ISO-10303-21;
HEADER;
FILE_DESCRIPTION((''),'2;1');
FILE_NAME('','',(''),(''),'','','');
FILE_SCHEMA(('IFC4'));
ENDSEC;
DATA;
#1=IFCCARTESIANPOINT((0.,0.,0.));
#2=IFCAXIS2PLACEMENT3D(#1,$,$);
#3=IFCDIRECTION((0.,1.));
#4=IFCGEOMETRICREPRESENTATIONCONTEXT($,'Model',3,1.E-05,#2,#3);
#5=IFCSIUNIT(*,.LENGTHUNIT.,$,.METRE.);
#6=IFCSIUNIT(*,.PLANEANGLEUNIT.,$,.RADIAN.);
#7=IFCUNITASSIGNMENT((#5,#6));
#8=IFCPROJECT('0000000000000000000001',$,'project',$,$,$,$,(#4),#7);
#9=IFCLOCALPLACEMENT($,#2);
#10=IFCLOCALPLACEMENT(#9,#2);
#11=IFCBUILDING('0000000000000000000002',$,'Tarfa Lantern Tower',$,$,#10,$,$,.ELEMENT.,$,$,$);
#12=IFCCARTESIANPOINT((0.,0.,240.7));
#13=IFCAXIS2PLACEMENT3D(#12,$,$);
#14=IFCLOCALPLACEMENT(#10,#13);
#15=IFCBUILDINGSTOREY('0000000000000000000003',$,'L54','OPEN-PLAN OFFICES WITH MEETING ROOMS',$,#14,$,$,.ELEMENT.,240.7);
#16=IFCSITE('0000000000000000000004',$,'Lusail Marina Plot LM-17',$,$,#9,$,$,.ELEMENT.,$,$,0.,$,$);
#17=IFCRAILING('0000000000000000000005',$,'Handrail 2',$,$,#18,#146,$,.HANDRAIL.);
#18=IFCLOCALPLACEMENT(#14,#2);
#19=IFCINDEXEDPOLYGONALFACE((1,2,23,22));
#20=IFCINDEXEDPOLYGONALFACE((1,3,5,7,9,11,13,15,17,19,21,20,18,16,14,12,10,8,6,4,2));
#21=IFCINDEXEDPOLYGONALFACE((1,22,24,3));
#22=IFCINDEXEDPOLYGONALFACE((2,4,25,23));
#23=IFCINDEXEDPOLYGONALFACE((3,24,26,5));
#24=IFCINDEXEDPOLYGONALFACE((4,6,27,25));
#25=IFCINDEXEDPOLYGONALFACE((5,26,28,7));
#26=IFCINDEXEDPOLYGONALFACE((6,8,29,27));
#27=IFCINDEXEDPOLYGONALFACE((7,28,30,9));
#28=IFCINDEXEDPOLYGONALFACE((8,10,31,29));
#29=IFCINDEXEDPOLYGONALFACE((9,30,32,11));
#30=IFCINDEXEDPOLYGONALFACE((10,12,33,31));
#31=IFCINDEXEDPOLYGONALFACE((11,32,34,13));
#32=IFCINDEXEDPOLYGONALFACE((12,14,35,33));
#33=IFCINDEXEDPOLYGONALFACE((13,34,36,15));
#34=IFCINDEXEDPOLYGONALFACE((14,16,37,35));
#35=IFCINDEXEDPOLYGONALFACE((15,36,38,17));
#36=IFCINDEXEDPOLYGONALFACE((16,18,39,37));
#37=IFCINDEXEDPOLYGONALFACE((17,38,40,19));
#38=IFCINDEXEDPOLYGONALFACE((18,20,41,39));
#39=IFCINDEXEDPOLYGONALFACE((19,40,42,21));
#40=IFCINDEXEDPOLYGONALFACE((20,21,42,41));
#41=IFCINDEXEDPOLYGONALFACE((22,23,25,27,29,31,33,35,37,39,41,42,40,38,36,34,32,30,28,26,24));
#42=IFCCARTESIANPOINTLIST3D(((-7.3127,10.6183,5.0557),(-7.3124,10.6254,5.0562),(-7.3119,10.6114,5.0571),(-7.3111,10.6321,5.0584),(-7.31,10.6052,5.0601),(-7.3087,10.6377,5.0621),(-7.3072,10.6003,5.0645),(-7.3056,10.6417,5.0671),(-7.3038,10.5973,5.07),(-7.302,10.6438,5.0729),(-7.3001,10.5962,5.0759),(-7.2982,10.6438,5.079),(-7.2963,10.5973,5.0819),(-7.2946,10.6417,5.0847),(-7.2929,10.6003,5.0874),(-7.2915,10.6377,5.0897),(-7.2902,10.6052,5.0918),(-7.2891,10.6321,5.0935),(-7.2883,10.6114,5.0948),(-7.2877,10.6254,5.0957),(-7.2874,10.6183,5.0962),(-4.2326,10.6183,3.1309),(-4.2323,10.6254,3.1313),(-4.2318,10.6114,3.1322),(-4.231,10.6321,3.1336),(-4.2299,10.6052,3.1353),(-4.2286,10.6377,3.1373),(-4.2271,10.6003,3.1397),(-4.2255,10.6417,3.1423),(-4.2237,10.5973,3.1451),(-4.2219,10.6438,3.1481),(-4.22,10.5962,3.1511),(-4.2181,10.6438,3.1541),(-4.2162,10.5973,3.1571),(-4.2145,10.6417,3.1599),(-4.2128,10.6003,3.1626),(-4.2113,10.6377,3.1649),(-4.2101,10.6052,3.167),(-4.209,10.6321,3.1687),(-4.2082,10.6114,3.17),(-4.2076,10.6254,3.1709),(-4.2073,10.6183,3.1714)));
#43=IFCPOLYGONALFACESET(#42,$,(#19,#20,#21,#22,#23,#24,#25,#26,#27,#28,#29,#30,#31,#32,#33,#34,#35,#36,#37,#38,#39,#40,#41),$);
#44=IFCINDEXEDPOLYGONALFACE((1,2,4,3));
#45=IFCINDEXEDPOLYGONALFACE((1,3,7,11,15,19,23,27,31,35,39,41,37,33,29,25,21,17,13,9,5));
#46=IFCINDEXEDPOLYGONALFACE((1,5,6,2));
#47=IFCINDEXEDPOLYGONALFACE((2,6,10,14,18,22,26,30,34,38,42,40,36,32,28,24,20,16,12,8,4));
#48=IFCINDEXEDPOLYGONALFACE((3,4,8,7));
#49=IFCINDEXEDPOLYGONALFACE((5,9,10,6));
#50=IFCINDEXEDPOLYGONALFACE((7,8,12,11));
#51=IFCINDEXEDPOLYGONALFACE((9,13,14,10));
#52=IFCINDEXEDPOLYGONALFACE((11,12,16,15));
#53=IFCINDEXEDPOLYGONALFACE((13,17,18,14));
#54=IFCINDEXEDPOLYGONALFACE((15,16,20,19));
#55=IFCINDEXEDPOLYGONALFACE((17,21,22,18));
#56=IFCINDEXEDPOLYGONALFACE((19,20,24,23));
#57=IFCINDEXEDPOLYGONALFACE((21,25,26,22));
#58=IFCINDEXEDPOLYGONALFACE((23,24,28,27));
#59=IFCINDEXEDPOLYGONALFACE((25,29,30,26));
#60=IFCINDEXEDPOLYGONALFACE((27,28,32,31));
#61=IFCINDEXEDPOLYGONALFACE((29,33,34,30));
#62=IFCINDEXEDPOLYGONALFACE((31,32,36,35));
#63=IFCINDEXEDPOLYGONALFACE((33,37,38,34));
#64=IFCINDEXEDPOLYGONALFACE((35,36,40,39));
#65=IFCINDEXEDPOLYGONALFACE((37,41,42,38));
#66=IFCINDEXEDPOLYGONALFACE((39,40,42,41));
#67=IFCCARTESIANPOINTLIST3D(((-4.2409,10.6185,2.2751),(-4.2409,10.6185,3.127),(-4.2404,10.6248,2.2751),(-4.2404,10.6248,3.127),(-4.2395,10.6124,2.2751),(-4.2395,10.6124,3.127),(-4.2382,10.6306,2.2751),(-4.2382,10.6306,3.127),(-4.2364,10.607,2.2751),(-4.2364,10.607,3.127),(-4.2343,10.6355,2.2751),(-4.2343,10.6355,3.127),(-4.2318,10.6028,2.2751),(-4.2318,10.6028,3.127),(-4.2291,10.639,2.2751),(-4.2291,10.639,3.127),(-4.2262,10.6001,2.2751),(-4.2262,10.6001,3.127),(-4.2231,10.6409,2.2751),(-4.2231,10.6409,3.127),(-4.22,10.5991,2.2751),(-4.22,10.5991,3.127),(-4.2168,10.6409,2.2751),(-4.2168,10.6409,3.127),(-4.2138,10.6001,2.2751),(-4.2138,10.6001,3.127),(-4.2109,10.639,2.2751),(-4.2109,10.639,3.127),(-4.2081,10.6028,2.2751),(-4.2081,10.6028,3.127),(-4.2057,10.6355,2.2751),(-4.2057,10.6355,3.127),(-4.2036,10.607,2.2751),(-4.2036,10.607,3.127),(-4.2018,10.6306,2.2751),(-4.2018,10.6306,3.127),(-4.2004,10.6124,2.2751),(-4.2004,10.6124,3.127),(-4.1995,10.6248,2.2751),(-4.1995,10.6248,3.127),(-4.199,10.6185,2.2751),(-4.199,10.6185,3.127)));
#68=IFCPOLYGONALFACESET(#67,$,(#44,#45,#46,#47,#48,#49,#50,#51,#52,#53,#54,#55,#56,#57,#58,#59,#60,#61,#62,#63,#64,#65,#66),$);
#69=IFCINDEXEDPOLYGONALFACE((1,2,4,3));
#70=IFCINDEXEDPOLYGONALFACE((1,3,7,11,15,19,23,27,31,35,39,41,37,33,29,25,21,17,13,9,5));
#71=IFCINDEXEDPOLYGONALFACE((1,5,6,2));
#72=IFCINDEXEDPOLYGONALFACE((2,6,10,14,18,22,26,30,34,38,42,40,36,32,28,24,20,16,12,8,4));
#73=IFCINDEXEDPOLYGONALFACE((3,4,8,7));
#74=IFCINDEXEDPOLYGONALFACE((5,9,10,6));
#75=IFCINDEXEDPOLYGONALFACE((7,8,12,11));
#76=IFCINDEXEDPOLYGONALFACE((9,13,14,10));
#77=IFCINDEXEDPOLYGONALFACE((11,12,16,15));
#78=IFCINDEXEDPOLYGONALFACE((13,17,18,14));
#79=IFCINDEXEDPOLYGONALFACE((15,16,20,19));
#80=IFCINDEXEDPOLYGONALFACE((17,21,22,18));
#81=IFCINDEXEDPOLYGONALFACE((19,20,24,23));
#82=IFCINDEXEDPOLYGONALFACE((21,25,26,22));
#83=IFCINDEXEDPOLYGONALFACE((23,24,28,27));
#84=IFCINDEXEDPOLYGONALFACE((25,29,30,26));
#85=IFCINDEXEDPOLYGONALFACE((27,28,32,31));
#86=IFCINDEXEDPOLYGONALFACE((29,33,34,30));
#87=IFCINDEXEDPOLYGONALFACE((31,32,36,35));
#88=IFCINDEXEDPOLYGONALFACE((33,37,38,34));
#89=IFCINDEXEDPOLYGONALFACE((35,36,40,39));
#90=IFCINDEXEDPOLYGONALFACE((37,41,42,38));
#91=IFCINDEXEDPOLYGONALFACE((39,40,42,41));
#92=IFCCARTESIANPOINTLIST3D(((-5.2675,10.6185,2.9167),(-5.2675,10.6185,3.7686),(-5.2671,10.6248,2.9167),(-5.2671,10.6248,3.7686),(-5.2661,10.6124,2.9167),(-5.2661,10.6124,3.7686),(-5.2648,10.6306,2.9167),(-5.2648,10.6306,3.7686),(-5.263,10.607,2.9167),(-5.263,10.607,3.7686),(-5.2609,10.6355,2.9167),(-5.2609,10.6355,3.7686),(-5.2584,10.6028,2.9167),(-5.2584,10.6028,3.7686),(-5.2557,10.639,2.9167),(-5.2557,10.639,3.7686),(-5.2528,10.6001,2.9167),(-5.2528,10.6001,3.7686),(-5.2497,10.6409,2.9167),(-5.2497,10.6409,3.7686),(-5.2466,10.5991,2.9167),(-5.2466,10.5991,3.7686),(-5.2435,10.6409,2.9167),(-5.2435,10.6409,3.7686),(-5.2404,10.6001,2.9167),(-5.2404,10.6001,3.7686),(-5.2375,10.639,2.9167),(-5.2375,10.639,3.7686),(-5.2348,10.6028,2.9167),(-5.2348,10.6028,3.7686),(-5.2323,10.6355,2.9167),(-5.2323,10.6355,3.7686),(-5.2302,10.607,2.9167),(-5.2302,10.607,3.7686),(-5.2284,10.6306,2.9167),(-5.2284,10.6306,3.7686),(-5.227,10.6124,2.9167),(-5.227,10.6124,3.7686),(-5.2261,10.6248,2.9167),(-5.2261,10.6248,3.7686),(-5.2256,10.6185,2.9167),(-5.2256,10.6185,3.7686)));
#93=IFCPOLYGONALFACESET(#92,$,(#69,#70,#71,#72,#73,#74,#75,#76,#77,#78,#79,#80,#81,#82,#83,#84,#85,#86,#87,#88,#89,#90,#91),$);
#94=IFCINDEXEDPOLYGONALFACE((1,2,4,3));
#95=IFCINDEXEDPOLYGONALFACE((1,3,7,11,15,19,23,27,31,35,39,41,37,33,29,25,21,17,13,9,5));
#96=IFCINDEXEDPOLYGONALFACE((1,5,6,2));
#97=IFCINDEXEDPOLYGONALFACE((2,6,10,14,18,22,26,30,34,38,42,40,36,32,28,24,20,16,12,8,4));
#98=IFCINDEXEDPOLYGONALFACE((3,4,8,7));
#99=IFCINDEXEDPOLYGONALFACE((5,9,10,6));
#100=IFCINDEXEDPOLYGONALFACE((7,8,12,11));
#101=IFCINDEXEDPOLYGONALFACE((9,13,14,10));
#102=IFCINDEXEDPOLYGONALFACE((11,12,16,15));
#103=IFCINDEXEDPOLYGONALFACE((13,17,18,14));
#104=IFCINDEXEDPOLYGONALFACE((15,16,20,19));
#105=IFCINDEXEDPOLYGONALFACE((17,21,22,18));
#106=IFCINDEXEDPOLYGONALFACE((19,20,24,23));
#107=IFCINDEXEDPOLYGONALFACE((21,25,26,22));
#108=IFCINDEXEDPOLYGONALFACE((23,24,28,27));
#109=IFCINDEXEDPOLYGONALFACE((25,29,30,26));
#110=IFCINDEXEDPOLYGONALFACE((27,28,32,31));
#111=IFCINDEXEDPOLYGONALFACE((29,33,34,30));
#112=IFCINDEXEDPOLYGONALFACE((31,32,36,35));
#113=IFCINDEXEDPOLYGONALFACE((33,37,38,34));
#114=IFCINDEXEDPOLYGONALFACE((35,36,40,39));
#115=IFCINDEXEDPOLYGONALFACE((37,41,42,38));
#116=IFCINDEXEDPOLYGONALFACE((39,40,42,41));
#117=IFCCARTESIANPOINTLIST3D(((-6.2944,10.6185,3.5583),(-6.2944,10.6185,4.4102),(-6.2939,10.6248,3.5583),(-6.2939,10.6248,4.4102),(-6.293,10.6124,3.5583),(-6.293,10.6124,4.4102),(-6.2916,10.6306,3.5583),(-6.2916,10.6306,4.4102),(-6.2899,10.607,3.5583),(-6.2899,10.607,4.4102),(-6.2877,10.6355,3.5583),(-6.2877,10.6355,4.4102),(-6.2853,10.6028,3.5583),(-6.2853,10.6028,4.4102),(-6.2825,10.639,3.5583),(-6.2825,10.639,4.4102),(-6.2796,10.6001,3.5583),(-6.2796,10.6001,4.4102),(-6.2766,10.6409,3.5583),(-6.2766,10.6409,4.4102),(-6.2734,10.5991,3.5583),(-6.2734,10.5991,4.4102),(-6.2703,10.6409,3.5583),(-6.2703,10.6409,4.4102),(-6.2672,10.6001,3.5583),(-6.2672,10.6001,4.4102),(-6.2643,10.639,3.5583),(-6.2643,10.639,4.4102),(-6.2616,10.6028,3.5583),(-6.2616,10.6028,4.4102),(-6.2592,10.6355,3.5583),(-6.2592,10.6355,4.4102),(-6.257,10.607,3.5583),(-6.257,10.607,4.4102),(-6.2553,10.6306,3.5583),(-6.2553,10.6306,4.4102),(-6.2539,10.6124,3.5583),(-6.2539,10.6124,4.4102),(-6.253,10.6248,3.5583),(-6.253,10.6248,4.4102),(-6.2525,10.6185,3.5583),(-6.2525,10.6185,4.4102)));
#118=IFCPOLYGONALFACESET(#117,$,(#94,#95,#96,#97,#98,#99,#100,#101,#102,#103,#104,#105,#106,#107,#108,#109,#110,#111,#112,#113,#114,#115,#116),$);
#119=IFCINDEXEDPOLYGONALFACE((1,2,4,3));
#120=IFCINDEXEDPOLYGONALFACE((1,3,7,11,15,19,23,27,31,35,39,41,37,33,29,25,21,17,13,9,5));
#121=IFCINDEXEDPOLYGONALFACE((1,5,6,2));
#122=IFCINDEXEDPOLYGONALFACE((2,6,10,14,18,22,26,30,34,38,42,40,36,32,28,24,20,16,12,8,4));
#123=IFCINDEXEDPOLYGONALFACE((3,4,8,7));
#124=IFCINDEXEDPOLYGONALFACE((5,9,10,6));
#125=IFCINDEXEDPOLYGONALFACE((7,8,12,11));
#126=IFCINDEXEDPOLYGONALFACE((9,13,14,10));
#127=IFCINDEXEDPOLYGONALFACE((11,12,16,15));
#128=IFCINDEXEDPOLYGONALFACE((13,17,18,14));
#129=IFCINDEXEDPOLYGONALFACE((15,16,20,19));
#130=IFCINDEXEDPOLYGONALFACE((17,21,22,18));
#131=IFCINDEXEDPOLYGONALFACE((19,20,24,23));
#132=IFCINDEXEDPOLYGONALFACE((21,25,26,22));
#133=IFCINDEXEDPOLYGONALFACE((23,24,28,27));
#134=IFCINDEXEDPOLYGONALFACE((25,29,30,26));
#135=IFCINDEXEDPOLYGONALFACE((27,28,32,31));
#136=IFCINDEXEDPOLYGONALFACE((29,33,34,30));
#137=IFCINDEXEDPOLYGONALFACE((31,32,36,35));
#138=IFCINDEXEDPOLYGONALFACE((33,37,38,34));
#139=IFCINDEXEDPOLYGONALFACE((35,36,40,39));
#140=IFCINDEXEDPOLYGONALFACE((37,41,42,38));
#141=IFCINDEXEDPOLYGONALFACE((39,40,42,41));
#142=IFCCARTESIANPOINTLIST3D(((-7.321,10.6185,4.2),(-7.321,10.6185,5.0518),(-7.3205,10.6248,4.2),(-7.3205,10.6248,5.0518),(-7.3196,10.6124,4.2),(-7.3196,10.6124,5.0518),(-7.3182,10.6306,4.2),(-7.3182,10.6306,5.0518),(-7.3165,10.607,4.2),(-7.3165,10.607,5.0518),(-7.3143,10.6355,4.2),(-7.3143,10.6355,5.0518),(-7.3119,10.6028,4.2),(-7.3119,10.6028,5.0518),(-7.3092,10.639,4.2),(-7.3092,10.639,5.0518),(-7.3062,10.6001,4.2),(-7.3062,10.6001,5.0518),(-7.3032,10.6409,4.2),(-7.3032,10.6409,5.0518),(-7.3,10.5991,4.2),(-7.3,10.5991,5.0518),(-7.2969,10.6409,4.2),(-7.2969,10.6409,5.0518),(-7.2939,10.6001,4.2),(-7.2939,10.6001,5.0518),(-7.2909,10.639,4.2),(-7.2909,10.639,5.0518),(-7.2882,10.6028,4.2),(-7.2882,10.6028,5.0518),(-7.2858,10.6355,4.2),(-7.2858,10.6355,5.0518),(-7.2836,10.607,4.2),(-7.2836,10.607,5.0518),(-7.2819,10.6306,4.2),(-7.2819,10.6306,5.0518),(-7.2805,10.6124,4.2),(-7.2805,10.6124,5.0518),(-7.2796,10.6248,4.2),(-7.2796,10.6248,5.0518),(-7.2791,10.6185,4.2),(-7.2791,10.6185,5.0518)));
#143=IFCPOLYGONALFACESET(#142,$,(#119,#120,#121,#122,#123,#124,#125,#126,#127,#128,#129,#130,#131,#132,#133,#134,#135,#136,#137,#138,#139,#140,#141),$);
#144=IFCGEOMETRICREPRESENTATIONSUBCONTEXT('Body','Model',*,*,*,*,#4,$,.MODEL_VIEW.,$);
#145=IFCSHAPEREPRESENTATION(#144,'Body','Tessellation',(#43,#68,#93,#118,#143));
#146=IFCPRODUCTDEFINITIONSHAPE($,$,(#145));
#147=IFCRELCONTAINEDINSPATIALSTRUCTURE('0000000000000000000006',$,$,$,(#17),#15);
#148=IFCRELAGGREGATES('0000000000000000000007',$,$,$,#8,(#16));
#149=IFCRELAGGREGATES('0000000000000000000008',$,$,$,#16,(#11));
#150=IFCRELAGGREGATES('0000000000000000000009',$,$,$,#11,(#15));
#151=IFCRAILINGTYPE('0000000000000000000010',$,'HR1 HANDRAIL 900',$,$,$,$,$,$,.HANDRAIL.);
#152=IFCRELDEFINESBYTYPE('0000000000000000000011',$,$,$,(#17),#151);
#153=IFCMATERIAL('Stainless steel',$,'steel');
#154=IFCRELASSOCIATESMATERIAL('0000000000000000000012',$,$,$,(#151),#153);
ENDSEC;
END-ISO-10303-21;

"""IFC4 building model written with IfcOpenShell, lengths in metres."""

from ifc_helpers import new_model, si_unit, direction, frame, origin, origin_2d, place, context, subcontext, project, spatial, circle, extrude, material, type_object, element, save


model = new_model("IFC4")

# Units and contexts
model_context = context("Model", 3, precision=1e-05, world=origin(), true_north=direction((0.0, 1.0)))
body_context = subcontext(model_context, "Body", "Model", "MODEL_VIEW")
ifc_project = project(units=[si_unit("LENGTHUNIT", "METRE"), si_unit("PLANEANGLEUNIT", "RADIAN")], contexts=[model_context])

# Site, building, storey
site_placement = place(None, origin())
site = spatial("IfcSite", under=ifc_project, at=site_placement, Name="Lusail Marina Plot LM-17", CompositionType="ELEMENT", RefElevation=0.0)
building_placement = place(site_placement, origin())
building = spatial("IfcBuilding", under=site, at=building_placement, Name="Tarfa Lantern Tower", CompositionType="ELEMENT")
storey_placement = place(building_placement, frame((0.0, 0.0, 240.7)))
storey = spatial("IfcBuildingStorey", under=building, at=storey_placement, Name="L54", Description="OPEN-PLAN OFFICES WITH MEETING ROOMS", CompositionType="ELEMENT", Elevation=240.7)

# Railing
ifc_material_1 = material(Name="Stainless steel", Category="steel")
railing_type = type_object("IfcRailingType", Name="HR1 HANDRAIL 900", PredefinedType="HANDRAIL", material=ifc_material_1)
railing_1_placement = place(storey_placement, frame((-4.22, 10.6201, 2.2751)))
element("IfcRailing", 1, at=railing_1_placement, inside=storey, type_object=railing_type, Name="Handrail 2", PredefinedType="HANDRAIL", context=body_context, shape_type="SweptSolid", body=[
    extrude(circle(Radius=0.0239, at=origin_2d()), frame((0.0, 0.0, 0.876), z_axis=(-0.848029, 0.0, 0.529951), x_axis=(0.0, -1.0, 0.0)), (0.0, 0.0, 1.0), 3.6321),
    extrude(circle(Radius=0.021, at=origin_2d()), frame((0.0, 0.0, 0.0), z_axis=(0.0, 0.0, 1.0), x_axis=(0.0, -1.0, 0.0)), (0.0, 0.0, 1.0), 0.8518),
    extrude(circle(Radius=0.021, at=origin_2d()), frame((-1.0266, 0.0, 0.6416), z_axis=(0.0, 0.0, 1.0), x_axis=(0.0, -1.0, 0.0)), (0.0, 0.0, 1.0), 0.8518),
    extrude(circle(Radius=0.021, at=origin_2d()), frame((-2.0535, 0.0, 1.2832), z_axis=(0.0, 0.0, 1.0), x_axis=(0.0, -1.0, 0.0)), (0.0, 0.0, 1.0), 0.8518),
    extrude(circle(Radius=0.021, at=origin_2d()), frame((-3.0801, 0.0, 1.9248), z_axis=(0.0, 0.0, 1.0), x_axis=(0.0, -1.0, 0.0)), (0.0, 0.0, 1.0), 0.8518),
])

save(model, "model.ifc")
